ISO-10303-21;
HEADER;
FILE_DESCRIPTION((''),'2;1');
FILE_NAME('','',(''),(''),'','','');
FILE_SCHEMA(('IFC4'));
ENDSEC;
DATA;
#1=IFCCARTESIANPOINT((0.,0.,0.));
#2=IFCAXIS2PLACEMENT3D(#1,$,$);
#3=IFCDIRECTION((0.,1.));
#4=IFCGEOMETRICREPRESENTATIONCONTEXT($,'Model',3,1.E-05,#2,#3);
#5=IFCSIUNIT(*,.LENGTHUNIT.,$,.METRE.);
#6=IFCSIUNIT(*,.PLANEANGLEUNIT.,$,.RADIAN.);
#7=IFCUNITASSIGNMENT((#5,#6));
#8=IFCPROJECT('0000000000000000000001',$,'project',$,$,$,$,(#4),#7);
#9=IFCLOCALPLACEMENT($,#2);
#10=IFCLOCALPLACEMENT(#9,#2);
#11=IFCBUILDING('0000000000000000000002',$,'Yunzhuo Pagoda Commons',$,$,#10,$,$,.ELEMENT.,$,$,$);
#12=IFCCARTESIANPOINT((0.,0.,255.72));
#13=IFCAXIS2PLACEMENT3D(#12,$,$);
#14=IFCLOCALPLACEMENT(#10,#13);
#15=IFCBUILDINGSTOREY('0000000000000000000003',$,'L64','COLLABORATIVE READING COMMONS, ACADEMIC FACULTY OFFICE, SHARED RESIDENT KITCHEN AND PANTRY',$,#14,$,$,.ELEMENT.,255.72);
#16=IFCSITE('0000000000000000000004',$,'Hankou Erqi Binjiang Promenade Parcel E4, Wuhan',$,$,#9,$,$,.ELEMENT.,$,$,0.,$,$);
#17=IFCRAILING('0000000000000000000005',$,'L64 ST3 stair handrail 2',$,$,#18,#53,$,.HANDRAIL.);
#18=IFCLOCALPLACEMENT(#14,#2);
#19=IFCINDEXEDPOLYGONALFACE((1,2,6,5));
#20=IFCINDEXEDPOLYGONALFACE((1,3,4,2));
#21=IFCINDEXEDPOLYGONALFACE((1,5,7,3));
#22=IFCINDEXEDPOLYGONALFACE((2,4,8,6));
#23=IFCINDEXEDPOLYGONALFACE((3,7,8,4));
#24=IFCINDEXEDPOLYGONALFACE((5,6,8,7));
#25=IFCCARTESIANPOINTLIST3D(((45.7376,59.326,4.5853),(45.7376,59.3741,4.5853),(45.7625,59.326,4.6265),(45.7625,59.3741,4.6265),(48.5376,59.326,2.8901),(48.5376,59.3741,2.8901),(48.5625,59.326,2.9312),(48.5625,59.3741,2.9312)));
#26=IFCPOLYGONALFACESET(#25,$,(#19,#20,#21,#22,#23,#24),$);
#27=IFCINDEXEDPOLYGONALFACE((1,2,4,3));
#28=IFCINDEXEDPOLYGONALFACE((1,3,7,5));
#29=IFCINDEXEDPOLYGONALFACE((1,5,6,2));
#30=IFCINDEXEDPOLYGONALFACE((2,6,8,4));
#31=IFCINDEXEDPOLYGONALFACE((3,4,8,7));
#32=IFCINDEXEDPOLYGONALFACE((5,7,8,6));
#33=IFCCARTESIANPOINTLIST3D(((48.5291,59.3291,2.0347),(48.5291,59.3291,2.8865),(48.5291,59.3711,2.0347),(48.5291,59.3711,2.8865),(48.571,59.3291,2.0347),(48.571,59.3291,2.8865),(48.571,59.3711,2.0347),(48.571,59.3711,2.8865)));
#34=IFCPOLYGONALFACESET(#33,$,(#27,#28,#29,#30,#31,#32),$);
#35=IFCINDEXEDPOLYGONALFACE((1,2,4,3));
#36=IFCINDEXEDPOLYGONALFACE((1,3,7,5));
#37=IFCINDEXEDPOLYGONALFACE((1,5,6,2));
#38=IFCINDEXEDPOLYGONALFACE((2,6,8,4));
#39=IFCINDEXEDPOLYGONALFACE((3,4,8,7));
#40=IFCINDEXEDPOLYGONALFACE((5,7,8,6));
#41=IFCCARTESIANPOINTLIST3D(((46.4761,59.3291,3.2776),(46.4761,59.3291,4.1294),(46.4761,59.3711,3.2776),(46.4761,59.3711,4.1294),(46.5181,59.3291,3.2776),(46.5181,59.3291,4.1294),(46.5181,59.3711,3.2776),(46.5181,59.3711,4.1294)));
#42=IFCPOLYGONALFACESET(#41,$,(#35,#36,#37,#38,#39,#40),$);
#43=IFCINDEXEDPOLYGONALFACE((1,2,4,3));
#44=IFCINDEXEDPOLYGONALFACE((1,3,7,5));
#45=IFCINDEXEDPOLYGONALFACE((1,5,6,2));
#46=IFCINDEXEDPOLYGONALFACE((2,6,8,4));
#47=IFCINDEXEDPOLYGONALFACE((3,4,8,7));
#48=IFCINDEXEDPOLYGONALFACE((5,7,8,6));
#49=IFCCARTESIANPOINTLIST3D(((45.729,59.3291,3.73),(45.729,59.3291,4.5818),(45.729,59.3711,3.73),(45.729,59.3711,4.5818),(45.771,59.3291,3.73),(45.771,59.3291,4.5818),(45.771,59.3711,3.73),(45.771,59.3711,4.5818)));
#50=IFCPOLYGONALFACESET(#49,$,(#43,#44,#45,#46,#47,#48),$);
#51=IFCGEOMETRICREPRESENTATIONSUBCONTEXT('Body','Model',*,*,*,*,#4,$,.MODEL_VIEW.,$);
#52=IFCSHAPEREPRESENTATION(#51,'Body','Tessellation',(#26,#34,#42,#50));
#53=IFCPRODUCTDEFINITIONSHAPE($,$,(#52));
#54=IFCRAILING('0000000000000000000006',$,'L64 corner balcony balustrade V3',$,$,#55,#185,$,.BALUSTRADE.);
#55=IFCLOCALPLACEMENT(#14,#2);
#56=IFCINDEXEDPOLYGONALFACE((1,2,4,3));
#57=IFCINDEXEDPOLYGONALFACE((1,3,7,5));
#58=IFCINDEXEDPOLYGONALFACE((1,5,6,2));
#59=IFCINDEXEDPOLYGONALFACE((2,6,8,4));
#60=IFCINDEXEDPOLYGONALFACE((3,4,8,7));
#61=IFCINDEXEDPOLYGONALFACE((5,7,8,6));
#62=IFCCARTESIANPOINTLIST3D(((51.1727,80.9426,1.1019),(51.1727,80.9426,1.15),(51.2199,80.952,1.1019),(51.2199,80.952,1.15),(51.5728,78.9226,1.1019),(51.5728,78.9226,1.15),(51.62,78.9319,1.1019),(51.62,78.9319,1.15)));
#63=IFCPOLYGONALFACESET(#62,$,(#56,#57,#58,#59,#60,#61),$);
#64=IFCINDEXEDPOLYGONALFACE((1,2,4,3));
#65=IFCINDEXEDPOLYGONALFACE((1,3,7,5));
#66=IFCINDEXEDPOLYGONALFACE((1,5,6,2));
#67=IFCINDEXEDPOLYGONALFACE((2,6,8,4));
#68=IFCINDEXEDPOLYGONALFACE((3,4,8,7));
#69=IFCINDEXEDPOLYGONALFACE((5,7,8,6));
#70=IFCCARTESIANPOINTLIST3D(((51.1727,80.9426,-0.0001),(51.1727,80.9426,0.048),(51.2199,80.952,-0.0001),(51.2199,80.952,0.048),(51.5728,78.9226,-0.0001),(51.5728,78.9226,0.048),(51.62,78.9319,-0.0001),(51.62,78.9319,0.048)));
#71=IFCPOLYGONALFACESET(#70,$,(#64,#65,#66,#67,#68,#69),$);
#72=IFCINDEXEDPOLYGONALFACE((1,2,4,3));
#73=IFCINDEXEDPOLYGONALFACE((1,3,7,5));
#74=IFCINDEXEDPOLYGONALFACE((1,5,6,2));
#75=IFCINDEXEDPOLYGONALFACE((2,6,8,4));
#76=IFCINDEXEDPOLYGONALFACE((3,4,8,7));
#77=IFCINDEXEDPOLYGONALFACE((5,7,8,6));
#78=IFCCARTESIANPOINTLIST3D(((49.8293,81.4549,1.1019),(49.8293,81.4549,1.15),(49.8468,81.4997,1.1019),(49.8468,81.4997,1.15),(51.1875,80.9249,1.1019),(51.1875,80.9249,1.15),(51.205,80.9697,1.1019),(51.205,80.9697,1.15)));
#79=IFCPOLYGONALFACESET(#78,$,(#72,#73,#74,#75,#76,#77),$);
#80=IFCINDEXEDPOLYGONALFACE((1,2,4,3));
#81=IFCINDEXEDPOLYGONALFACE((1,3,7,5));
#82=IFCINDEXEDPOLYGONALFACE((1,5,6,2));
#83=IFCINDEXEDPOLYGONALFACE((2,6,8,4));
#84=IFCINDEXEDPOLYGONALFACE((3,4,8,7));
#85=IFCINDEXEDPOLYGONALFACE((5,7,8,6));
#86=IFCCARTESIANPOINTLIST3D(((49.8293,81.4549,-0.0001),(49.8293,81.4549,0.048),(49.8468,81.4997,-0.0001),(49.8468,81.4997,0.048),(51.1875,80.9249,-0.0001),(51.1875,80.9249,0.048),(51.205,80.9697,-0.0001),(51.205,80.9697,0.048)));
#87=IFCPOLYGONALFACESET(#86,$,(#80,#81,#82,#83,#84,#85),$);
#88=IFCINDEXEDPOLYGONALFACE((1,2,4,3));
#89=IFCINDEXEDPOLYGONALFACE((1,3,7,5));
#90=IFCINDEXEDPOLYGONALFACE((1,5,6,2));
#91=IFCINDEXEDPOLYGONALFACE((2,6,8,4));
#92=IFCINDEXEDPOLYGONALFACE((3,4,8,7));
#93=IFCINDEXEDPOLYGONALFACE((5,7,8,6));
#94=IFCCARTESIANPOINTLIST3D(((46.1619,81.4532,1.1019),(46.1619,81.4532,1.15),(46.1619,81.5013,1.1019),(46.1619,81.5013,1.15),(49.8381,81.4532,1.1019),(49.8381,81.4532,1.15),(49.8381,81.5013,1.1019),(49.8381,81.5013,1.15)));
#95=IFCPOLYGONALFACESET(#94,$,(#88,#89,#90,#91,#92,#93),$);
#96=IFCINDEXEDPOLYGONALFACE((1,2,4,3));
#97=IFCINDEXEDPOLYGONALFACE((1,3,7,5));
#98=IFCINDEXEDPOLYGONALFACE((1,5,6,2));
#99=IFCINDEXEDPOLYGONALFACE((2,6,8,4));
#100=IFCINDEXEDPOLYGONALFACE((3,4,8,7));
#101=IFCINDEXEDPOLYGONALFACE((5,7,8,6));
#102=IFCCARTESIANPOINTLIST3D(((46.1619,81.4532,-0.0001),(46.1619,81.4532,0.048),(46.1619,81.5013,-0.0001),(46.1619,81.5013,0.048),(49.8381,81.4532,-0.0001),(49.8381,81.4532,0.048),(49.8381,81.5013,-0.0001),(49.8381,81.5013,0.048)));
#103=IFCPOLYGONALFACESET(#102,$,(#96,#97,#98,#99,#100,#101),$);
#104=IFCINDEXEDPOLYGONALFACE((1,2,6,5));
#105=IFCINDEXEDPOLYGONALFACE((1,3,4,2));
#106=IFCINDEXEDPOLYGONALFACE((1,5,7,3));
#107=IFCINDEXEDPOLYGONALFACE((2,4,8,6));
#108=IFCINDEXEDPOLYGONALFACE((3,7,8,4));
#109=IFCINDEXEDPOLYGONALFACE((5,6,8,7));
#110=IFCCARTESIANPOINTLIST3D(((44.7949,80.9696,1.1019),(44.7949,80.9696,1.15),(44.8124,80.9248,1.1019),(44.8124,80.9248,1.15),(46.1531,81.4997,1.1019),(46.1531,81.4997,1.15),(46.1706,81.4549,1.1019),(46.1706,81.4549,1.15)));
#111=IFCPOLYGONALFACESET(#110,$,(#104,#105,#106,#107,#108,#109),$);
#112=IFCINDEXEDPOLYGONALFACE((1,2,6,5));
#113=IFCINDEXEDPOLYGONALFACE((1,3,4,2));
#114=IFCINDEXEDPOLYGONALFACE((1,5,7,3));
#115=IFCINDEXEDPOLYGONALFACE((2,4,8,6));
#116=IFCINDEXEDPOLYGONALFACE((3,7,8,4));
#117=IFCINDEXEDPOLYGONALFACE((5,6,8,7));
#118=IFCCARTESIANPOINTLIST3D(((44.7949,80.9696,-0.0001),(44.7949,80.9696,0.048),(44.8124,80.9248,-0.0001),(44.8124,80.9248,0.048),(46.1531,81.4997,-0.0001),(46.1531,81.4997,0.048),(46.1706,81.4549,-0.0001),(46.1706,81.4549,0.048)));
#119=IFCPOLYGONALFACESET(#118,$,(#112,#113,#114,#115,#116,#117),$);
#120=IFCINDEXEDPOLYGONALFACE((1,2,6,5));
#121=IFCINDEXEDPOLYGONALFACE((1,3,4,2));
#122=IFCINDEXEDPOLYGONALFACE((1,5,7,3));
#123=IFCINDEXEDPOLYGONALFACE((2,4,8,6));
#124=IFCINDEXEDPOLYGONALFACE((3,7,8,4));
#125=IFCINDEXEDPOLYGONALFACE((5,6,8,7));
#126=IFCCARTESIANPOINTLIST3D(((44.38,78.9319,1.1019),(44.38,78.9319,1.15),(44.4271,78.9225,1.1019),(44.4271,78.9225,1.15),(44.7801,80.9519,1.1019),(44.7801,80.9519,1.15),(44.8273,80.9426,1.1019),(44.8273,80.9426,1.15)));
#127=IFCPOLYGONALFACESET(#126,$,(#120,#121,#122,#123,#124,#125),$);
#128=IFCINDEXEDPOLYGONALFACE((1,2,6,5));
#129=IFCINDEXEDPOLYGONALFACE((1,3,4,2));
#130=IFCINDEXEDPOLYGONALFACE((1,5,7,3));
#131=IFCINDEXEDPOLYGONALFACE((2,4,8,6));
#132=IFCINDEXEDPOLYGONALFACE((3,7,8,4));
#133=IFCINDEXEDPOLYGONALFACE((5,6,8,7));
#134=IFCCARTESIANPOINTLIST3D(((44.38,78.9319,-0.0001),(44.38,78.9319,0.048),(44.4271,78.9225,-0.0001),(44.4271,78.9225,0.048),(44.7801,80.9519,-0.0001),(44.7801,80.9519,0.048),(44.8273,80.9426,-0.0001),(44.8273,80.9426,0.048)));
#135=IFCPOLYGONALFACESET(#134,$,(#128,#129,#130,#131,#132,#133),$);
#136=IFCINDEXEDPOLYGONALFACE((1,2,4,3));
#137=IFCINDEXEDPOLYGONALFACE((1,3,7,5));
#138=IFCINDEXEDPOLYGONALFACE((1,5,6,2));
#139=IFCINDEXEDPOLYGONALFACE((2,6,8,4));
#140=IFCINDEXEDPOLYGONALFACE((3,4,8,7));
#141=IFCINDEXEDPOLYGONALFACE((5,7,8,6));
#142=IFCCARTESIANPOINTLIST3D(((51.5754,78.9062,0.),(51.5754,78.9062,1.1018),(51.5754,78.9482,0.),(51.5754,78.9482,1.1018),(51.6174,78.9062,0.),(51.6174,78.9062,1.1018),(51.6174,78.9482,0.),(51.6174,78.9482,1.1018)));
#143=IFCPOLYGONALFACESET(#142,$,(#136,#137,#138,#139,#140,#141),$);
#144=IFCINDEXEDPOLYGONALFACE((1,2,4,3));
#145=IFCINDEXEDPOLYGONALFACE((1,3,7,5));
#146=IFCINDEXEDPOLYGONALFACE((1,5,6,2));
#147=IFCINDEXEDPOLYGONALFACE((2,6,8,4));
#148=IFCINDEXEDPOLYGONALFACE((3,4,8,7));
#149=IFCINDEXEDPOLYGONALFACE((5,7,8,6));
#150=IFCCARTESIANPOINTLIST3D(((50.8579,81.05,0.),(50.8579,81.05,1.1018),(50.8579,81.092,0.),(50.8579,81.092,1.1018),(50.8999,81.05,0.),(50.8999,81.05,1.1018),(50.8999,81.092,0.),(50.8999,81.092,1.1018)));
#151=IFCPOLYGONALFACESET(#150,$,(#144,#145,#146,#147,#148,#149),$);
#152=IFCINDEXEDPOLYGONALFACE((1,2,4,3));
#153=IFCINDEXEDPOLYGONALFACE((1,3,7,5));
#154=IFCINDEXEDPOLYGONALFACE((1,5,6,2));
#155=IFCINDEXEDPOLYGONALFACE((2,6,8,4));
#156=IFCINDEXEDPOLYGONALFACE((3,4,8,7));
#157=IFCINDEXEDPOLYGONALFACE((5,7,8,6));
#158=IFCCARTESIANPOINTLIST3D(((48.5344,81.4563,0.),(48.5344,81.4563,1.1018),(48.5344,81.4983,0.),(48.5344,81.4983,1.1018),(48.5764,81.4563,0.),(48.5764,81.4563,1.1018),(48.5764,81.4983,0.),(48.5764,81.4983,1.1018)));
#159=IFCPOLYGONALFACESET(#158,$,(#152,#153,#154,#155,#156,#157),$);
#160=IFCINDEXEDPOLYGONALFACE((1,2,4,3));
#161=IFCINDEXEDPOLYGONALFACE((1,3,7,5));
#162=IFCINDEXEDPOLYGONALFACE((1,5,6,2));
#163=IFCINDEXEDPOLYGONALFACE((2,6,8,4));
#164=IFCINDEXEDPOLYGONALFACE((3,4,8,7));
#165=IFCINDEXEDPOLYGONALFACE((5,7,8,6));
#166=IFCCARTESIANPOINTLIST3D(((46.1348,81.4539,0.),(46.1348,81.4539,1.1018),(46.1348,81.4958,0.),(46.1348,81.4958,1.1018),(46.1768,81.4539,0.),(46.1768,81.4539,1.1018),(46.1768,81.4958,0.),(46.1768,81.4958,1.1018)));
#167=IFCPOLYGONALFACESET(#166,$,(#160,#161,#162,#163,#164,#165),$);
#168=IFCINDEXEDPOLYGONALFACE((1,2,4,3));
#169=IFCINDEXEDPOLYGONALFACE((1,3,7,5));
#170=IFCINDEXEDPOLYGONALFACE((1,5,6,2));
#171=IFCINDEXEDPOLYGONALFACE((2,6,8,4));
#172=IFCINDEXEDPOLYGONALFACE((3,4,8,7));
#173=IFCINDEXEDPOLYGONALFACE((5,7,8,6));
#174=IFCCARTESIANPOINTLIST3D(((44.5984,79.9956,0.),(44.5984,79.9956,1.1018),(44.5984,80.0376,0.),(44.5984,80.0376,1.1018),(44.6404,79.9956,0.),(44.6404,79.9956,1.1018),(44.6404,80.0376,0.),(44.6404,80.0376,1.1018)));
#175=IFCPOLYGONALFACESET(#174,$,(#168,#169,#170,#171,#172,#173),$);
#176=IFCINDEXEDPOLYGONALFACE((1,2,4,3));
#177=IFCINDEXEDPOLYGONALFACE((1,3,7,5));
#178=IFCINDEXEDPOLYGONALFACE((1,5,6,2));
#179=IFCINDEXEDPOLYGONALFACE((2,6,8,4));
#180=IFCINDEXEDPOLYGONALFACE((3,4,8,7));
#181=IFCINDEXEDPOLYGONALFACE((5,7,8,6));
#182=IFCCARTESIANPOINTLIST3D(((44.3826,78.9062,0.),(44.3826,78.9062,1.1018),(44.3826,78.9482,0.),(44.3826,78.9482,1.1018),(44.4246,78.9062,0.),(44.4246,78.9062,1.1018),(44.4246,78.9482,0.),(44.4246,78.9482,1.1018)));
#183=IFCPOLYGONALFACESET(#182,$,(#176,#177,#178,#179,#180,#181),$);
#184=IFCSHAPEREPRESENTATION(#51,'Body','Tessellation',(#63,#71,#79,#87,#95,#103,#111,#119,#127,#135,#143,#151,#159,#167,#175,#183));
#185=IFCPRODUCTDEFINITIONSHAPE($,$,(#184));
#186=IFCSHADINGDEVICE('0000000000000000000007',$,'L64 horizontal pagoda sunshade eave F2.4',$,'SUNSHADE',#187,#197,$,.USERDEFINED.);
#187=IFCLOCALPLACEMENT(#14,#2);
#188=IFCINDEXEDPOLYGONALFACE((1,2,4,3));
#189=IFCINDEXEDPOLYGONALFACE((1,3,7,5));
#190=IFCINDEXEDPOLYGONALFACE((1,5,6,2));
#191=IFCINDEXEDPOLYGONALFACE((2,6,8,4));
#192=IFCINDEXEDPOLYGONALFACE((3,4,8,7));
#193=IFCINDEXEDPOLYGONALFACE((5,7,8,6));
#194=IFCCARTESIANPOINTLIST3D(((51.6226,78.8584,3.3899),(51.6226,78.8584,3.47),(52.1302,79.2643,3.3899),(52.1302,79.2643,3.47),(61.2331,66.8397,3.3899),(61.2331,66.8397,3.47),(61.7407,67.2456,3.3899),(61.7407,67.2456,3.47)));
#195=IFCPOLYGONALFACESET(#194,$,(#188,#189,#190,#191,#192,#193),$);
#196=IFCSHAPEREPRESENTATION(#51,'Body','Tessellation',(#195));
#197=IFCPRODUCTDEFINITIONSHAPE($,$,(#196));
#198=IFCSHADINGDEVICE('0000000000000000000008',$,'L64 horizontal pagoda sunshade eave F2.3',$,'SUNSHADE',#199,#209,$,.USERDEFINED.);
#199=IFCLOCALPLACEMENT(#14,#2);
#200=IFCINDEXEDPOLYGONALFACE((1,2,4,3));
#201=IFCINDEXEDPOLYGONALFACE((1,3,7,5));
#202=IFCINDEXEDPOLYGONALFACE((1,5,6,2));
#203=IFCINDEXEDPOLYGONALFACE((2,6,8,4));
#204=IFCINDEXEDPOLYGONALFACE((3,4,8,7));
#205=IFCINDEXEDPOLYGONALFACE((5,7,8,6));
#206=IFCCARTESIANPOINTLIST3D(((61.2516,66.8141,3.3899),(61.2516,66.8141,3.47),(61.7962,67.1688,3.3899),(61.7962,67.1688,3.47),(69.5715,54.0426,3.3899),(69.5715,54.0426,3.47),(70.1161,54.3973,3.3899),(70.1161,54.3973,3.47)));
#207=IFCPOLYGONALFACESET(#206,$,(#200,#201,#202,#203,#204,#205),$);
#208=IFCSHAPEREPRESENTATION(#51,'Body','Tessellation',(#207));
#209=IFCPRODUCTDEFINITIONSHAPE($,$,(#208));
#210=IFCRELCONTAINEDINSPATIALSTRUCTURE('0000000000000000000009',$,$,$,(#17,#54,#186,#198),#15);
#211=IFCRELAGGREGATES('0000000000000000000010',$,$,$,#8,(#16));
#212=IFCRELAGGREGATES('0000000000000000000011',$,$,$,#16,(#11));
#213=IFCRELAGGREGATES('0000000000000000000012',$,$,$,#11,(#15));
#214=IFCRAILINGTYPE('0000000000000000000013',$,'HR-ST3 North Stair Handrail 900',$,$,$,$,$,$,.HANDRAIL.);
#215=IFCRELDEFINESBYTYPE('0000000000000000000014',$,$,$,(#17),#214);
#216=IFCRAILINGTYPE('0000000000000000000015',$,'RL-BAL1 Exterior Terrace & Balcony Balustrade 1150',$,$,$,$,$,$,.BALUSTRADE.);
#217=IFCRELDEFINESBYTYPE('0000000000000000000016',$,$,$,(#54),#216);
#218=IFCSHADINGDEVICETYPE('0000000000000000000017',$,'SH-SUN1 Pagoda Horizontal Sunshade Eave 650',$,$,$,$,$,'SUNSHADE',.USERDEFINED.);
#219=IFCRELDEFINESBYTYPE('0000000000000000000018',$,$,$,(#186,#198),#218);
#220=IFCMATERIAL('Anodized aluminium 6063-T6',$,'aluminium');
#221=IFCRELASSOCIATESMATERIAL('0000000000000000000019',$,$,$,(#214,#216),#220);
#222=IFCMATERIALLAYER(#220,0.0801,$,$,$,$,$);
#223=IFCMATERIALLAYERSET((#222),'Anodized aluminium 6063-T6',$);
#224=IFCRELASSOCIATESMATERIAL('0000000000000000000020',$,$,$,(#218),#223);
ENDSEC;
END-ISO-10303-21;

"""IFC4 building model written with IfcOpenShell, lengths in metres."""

from ifc_helpers import new_model, si_unit, direction, frame, origin, origin_2d, place, context, subcontext, project, spatial, rectangle, extrude, source, transform, mapped, material, layer, layer_set, type_object, element, save


model = new_model("IFC4")

# Units and contexts
model_context = context("Model", 3, precision=1e-05, world=origin(), true_north=direction((0.0, 1.0)))
body_context = subcontext(model_context, "Body", "Model", "MODEL_VIEW")
ifc_project = project(units=[si_unit("LENGTHUNIT", "METRE"), si_unit("PLANEANGLEUNIT", "RADIAN")], contexts=[model_context])

# Site, building, storey
site_placement = place(None, origin())
site = spatial("IfcSite", under=ifc_project, at=site_placement, Name="Hankou Erqi Binjiang Promenade Parcel E4, Wuhan", CompositionType="ELEMENT", RefElevation=0.0)
building_placement = place(site_placement, origin())
building = spatial("IfcBuilding", under=site, at=building_placement, Name="Yunzhuo Pagoda Commons", CompositionType="ELEMENT")
storey_placement = place(building_placement, frame((0.0, 0.0, 255.72)))
storey = spatial("IfcBuildingStorey", under=building, at=storey_placement, Name="L64", Description="COLLABORATIVE READING COMMONS, ACADEMIC FACULTY OFFICE, SHARED RESIDENT KITCHEN AND PANTRY", CompositionType="ELEMENT", Elevation=255.72)

# Shared definitions
ifc_material_1 = material(Name="Anodized aluminium 6063-T6", Category="aluminium")

# Railings
railing_type_1 = type_object("IfcRailingType", Name="HR-ST3 North Stair Handrail 900", PredefinedType="HANDRAIL", material=ifc_material_1)
railing_1_placement = place(storey_placement, frame((48.55, 59.3501, 2.0347)))
element("IfcRailing", 1, at=railing_1_placement, inside=storey, type_object=railing_type_1, Name="L64 ST3 stair handrail 2", PredefinedType="HANDRAIL", context=body_context, shape_type="SweptSolid", body=[
    extrude(rectangle(XDim=0.0481, YDim=0.0481, at=origin_2d()), frame((0.0, 0.0, 0.876), z_axis=(-0.855426, 0.0, 0.517925), x_axis=(0.0, -1.0, 0.0)), (0.0, 0.0, 1.0), 3.2732),
    extrude(rectangle(XDim=0.042, YDim=0.042, at=origin_2d()), origin(), (0.0, 0.0, 1.0), 0.8518),
    extrude(rectangle(XDim=0.042, YDim=0.042, at=origin_2d()), frame((-2.053, 0.0, 1.2429)), (0.0, 0.0, 1.0), 0.8518),
    extrude(rectangle(XDim=0.042, YDim=0.042, at=origin_2d()), frame((-2.8, 0.0, 1.6953)), (0.0, 0.0, 1.0), 0.8518),
])
railing_type_2 = type_object("IfcRailingType", Name="RL-BAL1 Exterior Terrace & Balcony Balustrade 1150", PredefinedType="BALUSTRADE", material=ifc_material_1)
railing_2_placement = place(storey_placement, frame((51.5964, 78.9272, 0.0)))
element("IfcRailing", 2, at=railing_2_placement, inside=storey, type_object=railing_type_2, Name="L64 corner balcony balustrade V3", PredefinedType="BALUSTRADE", context=body_context, shape_type="SweptSolid", body=[
    extrude(rectangle(XDim=0.0481, YDim=0.0481, at=origin_2d()), frame((0.0, 0.0, 1.126), z_axis=(-0.194315, 0.980939, 0.0), x_axis=(-0.980939, -0.194315, 0.0)), (0.0, 0.0, 1.0), 2.0593),
    extrude(rectangle(XDim=0.0481, YDim=0.0481, at=origin_2d()), frame((0.0, 0.0, 0.0239), z_axis=(-0.194315, 0.980939, 0.0), x_axis=(-0.980939, -0.194315, 0.0)), (0.0, 0.0, 1.0), 2.0593),
    extrude(rectangle(XDim=0.0481, YDim=0.0481, at=origin_2d()), frame((-0.4001, 2.02, 1.126), z_axis=(-0.931573, 0.363553, 0.0), x_axis=(-0.363553, -0.931573, 0.0)), (0.0, 0.0, 1.0), 1.458),
    extrude(rectangle(XDim=0.0481, YDim=0.0481, at=origin_2d()), frame((-0.4001, 2.02, 0.0239), z_axis=(-0.931573, 0.363553, 0.0), x_axis=(-0.363553, -0.931573, 0.0)), (0.0, 0.0, 1.0), 1.458),
    extrude(rectangle(XDim=0.0481, YDim=0.0481, at=origin_2d()), frame((-1.7583, 2.55, 1.126), z_axis=(-1.0, 0.0, 0.0), x_axis=(0.0, -1.0, 0.0)), (0.0, 0.0, 1.0), 3.6763),
    extrude(rectangle(XDim=0.0481, YDim=0.0481, at=origin_2d()), frame((-1.7583, 2.55, 0.0239), z_axis=(-1.0, 0.0, 0.0), x_axis=(0.0, -1.0, 0.0)), (0.0, 0.0, 1.0), 3.6763),
    extrude(rectangle(XDim=0.0481, YDim=0.0481, at=origin_2d()), frame((-5.4346, 2.55, 1.126), z_axis=(-0.931573, -0.363553, 0.0), x_axis=(0.363553, -0.931573, 0.0)), (0.0, 0.0, 1.0), 1.458),
    extrude(rectangle(XDim=0.0481, YDim=0.0481, at=origin_2d()), frame((-5.4346, 2.55, 0.0239), z_axis=(-0.931573, -0.363553, 0.0), x_axis=(0.363553, -0.931573, 0.0)), (0.0, 0.0, 1.0), 1.458),
    extrude(rectangle(XDim=0.0481, YDim=0.0481, at=origin_2d()), frame((-6.7927, 2.02, 1.126), z_axis=(-0.194315, -0.980939, 0.0), x_axis=(0.980939, -0.194315, 0.0)), (0.0, 0.0, 1.0), 2.0593),
    extrude(rectangle(XDim=0.0481, YDim=0.0481, at=origin_2d()), frame((-6.7927, 2.02, 0.0239), z_axis=(-0.194315, -0.980939, 0.0), x_axis=(0.980939, -0.194315, 0.0)), (0.0, 0.0, 1.0), 2.0593),
    extrude(rectangle(XDim=0.042, YDim=0.042, at=origin_2d()), origin(), (0.0, 0.0, 1.0), 1.1018),
    extrude(rectangle(XDim=0.042, YDim=0.042, at=origin_2d()), frame((-0.7175, 2.1438, 0.0)), (0.0, 0.0, 1.0), 1.1018),
    extrude(rectangle(XDim=0.042, YDim=0.042, at=origin_2d()), frame((-3.041, 2.55, 0.0)), (0.0, 0.0, 1.0), 1.1018),
    extrude(rectangle(XDim=0.042, YDim=0.042, at=origin_2d()), frame((-5.4407, 2.5476, 0.0)), (0.0, 0.0, 1.0), 1.1018),
    extrude(rectangle(XDim=0.042, YDim=0.042, at=origin_2d()), frame((-6.9771, 1.0894, 0.0)), (0.0, 0.0, 1.0), 1.1018),
    extrude(rectangle(XDim=0.042, YDim=0.042, at=origin_2d()), frame((-7.1929, 0.0, 0.0)), (0.0, 0.0, 1.0), 1.1018),
])

# Shading devices
ifc_layer_1 = layer(ifc_material_1, 0.0801)
ifc_layer_set_1 = layer_set([ifc_layer_1], Name="Anodized aluminium 6063-T6")
shading_device_type = type_object("IfcShadingDeviceType", Name="SH-SUN1 Pagoda Horizontal Sunshade Eave 650", ElementType="SUNSHADE", PredefinedType="USERDEFINED", material=ifc_layer_set_1)
shared_shape_1 = source(origin(), body_context, "Body", "SweptSolid", [
    extrude(rectangle(XDim=15.3887, YDim=0.6499, at=origin_2d()), origin(), (0.0, 0.0, 1.0), 0.0801),
])
shading_device_1_placement = place(storey_placement, frame((56.6816, 73.052, 3.3899), z_axis=(0.0, 0.0, 1.0), x_axis=(-0.62452, 0.781008, 0.0)))
element("IfcShadingDevice", 3, at=shading_device_1_placement, inside=storey, type_object=shading_device_type, Name="L64 horizontal pagoda sunshade eave F2.4", ObjectType="SUNSHADE", PredefinedType="USERDEFINED", context=body_context, shape_type="MappedRepresentation", body=[
    mapped(shared_shape_1, transform((0.0, 0.0, 0.0), scale=1.0)),
])
shared_shape_2 = source(origin(), body_context, "Body", "SweptSolid", [
    extrude(rectangle(XDim=15.2424, YDim=0.6499, at=origin_2d()), origin(), (0.0, 0.0, 1.0), 0.0801),
])
shading_device_2_placement = place(storey_placement, frame((65.6838, 60.6057, 3.3899), z_axis=(0.0, 0.0, 1.0), x_axis=(-0.545839, 0.83789, 0.0)))
element("IfcShadingDevice", 4, at=shading_device_2_placement, inside=storey, type_object=shading_device_type, Name="L64 horizontal pagoda sunshade eave F2.3", ObjectType="SUNSHADE", PredefinedType="USERDEFINED", context=body_context, shape_type="MappedRepresentation", body=[
    mapped(shared_shape_2, transform((0.0, 0.0, 0.0), scale=1.0)),
])

save(model, "model.ifc")
